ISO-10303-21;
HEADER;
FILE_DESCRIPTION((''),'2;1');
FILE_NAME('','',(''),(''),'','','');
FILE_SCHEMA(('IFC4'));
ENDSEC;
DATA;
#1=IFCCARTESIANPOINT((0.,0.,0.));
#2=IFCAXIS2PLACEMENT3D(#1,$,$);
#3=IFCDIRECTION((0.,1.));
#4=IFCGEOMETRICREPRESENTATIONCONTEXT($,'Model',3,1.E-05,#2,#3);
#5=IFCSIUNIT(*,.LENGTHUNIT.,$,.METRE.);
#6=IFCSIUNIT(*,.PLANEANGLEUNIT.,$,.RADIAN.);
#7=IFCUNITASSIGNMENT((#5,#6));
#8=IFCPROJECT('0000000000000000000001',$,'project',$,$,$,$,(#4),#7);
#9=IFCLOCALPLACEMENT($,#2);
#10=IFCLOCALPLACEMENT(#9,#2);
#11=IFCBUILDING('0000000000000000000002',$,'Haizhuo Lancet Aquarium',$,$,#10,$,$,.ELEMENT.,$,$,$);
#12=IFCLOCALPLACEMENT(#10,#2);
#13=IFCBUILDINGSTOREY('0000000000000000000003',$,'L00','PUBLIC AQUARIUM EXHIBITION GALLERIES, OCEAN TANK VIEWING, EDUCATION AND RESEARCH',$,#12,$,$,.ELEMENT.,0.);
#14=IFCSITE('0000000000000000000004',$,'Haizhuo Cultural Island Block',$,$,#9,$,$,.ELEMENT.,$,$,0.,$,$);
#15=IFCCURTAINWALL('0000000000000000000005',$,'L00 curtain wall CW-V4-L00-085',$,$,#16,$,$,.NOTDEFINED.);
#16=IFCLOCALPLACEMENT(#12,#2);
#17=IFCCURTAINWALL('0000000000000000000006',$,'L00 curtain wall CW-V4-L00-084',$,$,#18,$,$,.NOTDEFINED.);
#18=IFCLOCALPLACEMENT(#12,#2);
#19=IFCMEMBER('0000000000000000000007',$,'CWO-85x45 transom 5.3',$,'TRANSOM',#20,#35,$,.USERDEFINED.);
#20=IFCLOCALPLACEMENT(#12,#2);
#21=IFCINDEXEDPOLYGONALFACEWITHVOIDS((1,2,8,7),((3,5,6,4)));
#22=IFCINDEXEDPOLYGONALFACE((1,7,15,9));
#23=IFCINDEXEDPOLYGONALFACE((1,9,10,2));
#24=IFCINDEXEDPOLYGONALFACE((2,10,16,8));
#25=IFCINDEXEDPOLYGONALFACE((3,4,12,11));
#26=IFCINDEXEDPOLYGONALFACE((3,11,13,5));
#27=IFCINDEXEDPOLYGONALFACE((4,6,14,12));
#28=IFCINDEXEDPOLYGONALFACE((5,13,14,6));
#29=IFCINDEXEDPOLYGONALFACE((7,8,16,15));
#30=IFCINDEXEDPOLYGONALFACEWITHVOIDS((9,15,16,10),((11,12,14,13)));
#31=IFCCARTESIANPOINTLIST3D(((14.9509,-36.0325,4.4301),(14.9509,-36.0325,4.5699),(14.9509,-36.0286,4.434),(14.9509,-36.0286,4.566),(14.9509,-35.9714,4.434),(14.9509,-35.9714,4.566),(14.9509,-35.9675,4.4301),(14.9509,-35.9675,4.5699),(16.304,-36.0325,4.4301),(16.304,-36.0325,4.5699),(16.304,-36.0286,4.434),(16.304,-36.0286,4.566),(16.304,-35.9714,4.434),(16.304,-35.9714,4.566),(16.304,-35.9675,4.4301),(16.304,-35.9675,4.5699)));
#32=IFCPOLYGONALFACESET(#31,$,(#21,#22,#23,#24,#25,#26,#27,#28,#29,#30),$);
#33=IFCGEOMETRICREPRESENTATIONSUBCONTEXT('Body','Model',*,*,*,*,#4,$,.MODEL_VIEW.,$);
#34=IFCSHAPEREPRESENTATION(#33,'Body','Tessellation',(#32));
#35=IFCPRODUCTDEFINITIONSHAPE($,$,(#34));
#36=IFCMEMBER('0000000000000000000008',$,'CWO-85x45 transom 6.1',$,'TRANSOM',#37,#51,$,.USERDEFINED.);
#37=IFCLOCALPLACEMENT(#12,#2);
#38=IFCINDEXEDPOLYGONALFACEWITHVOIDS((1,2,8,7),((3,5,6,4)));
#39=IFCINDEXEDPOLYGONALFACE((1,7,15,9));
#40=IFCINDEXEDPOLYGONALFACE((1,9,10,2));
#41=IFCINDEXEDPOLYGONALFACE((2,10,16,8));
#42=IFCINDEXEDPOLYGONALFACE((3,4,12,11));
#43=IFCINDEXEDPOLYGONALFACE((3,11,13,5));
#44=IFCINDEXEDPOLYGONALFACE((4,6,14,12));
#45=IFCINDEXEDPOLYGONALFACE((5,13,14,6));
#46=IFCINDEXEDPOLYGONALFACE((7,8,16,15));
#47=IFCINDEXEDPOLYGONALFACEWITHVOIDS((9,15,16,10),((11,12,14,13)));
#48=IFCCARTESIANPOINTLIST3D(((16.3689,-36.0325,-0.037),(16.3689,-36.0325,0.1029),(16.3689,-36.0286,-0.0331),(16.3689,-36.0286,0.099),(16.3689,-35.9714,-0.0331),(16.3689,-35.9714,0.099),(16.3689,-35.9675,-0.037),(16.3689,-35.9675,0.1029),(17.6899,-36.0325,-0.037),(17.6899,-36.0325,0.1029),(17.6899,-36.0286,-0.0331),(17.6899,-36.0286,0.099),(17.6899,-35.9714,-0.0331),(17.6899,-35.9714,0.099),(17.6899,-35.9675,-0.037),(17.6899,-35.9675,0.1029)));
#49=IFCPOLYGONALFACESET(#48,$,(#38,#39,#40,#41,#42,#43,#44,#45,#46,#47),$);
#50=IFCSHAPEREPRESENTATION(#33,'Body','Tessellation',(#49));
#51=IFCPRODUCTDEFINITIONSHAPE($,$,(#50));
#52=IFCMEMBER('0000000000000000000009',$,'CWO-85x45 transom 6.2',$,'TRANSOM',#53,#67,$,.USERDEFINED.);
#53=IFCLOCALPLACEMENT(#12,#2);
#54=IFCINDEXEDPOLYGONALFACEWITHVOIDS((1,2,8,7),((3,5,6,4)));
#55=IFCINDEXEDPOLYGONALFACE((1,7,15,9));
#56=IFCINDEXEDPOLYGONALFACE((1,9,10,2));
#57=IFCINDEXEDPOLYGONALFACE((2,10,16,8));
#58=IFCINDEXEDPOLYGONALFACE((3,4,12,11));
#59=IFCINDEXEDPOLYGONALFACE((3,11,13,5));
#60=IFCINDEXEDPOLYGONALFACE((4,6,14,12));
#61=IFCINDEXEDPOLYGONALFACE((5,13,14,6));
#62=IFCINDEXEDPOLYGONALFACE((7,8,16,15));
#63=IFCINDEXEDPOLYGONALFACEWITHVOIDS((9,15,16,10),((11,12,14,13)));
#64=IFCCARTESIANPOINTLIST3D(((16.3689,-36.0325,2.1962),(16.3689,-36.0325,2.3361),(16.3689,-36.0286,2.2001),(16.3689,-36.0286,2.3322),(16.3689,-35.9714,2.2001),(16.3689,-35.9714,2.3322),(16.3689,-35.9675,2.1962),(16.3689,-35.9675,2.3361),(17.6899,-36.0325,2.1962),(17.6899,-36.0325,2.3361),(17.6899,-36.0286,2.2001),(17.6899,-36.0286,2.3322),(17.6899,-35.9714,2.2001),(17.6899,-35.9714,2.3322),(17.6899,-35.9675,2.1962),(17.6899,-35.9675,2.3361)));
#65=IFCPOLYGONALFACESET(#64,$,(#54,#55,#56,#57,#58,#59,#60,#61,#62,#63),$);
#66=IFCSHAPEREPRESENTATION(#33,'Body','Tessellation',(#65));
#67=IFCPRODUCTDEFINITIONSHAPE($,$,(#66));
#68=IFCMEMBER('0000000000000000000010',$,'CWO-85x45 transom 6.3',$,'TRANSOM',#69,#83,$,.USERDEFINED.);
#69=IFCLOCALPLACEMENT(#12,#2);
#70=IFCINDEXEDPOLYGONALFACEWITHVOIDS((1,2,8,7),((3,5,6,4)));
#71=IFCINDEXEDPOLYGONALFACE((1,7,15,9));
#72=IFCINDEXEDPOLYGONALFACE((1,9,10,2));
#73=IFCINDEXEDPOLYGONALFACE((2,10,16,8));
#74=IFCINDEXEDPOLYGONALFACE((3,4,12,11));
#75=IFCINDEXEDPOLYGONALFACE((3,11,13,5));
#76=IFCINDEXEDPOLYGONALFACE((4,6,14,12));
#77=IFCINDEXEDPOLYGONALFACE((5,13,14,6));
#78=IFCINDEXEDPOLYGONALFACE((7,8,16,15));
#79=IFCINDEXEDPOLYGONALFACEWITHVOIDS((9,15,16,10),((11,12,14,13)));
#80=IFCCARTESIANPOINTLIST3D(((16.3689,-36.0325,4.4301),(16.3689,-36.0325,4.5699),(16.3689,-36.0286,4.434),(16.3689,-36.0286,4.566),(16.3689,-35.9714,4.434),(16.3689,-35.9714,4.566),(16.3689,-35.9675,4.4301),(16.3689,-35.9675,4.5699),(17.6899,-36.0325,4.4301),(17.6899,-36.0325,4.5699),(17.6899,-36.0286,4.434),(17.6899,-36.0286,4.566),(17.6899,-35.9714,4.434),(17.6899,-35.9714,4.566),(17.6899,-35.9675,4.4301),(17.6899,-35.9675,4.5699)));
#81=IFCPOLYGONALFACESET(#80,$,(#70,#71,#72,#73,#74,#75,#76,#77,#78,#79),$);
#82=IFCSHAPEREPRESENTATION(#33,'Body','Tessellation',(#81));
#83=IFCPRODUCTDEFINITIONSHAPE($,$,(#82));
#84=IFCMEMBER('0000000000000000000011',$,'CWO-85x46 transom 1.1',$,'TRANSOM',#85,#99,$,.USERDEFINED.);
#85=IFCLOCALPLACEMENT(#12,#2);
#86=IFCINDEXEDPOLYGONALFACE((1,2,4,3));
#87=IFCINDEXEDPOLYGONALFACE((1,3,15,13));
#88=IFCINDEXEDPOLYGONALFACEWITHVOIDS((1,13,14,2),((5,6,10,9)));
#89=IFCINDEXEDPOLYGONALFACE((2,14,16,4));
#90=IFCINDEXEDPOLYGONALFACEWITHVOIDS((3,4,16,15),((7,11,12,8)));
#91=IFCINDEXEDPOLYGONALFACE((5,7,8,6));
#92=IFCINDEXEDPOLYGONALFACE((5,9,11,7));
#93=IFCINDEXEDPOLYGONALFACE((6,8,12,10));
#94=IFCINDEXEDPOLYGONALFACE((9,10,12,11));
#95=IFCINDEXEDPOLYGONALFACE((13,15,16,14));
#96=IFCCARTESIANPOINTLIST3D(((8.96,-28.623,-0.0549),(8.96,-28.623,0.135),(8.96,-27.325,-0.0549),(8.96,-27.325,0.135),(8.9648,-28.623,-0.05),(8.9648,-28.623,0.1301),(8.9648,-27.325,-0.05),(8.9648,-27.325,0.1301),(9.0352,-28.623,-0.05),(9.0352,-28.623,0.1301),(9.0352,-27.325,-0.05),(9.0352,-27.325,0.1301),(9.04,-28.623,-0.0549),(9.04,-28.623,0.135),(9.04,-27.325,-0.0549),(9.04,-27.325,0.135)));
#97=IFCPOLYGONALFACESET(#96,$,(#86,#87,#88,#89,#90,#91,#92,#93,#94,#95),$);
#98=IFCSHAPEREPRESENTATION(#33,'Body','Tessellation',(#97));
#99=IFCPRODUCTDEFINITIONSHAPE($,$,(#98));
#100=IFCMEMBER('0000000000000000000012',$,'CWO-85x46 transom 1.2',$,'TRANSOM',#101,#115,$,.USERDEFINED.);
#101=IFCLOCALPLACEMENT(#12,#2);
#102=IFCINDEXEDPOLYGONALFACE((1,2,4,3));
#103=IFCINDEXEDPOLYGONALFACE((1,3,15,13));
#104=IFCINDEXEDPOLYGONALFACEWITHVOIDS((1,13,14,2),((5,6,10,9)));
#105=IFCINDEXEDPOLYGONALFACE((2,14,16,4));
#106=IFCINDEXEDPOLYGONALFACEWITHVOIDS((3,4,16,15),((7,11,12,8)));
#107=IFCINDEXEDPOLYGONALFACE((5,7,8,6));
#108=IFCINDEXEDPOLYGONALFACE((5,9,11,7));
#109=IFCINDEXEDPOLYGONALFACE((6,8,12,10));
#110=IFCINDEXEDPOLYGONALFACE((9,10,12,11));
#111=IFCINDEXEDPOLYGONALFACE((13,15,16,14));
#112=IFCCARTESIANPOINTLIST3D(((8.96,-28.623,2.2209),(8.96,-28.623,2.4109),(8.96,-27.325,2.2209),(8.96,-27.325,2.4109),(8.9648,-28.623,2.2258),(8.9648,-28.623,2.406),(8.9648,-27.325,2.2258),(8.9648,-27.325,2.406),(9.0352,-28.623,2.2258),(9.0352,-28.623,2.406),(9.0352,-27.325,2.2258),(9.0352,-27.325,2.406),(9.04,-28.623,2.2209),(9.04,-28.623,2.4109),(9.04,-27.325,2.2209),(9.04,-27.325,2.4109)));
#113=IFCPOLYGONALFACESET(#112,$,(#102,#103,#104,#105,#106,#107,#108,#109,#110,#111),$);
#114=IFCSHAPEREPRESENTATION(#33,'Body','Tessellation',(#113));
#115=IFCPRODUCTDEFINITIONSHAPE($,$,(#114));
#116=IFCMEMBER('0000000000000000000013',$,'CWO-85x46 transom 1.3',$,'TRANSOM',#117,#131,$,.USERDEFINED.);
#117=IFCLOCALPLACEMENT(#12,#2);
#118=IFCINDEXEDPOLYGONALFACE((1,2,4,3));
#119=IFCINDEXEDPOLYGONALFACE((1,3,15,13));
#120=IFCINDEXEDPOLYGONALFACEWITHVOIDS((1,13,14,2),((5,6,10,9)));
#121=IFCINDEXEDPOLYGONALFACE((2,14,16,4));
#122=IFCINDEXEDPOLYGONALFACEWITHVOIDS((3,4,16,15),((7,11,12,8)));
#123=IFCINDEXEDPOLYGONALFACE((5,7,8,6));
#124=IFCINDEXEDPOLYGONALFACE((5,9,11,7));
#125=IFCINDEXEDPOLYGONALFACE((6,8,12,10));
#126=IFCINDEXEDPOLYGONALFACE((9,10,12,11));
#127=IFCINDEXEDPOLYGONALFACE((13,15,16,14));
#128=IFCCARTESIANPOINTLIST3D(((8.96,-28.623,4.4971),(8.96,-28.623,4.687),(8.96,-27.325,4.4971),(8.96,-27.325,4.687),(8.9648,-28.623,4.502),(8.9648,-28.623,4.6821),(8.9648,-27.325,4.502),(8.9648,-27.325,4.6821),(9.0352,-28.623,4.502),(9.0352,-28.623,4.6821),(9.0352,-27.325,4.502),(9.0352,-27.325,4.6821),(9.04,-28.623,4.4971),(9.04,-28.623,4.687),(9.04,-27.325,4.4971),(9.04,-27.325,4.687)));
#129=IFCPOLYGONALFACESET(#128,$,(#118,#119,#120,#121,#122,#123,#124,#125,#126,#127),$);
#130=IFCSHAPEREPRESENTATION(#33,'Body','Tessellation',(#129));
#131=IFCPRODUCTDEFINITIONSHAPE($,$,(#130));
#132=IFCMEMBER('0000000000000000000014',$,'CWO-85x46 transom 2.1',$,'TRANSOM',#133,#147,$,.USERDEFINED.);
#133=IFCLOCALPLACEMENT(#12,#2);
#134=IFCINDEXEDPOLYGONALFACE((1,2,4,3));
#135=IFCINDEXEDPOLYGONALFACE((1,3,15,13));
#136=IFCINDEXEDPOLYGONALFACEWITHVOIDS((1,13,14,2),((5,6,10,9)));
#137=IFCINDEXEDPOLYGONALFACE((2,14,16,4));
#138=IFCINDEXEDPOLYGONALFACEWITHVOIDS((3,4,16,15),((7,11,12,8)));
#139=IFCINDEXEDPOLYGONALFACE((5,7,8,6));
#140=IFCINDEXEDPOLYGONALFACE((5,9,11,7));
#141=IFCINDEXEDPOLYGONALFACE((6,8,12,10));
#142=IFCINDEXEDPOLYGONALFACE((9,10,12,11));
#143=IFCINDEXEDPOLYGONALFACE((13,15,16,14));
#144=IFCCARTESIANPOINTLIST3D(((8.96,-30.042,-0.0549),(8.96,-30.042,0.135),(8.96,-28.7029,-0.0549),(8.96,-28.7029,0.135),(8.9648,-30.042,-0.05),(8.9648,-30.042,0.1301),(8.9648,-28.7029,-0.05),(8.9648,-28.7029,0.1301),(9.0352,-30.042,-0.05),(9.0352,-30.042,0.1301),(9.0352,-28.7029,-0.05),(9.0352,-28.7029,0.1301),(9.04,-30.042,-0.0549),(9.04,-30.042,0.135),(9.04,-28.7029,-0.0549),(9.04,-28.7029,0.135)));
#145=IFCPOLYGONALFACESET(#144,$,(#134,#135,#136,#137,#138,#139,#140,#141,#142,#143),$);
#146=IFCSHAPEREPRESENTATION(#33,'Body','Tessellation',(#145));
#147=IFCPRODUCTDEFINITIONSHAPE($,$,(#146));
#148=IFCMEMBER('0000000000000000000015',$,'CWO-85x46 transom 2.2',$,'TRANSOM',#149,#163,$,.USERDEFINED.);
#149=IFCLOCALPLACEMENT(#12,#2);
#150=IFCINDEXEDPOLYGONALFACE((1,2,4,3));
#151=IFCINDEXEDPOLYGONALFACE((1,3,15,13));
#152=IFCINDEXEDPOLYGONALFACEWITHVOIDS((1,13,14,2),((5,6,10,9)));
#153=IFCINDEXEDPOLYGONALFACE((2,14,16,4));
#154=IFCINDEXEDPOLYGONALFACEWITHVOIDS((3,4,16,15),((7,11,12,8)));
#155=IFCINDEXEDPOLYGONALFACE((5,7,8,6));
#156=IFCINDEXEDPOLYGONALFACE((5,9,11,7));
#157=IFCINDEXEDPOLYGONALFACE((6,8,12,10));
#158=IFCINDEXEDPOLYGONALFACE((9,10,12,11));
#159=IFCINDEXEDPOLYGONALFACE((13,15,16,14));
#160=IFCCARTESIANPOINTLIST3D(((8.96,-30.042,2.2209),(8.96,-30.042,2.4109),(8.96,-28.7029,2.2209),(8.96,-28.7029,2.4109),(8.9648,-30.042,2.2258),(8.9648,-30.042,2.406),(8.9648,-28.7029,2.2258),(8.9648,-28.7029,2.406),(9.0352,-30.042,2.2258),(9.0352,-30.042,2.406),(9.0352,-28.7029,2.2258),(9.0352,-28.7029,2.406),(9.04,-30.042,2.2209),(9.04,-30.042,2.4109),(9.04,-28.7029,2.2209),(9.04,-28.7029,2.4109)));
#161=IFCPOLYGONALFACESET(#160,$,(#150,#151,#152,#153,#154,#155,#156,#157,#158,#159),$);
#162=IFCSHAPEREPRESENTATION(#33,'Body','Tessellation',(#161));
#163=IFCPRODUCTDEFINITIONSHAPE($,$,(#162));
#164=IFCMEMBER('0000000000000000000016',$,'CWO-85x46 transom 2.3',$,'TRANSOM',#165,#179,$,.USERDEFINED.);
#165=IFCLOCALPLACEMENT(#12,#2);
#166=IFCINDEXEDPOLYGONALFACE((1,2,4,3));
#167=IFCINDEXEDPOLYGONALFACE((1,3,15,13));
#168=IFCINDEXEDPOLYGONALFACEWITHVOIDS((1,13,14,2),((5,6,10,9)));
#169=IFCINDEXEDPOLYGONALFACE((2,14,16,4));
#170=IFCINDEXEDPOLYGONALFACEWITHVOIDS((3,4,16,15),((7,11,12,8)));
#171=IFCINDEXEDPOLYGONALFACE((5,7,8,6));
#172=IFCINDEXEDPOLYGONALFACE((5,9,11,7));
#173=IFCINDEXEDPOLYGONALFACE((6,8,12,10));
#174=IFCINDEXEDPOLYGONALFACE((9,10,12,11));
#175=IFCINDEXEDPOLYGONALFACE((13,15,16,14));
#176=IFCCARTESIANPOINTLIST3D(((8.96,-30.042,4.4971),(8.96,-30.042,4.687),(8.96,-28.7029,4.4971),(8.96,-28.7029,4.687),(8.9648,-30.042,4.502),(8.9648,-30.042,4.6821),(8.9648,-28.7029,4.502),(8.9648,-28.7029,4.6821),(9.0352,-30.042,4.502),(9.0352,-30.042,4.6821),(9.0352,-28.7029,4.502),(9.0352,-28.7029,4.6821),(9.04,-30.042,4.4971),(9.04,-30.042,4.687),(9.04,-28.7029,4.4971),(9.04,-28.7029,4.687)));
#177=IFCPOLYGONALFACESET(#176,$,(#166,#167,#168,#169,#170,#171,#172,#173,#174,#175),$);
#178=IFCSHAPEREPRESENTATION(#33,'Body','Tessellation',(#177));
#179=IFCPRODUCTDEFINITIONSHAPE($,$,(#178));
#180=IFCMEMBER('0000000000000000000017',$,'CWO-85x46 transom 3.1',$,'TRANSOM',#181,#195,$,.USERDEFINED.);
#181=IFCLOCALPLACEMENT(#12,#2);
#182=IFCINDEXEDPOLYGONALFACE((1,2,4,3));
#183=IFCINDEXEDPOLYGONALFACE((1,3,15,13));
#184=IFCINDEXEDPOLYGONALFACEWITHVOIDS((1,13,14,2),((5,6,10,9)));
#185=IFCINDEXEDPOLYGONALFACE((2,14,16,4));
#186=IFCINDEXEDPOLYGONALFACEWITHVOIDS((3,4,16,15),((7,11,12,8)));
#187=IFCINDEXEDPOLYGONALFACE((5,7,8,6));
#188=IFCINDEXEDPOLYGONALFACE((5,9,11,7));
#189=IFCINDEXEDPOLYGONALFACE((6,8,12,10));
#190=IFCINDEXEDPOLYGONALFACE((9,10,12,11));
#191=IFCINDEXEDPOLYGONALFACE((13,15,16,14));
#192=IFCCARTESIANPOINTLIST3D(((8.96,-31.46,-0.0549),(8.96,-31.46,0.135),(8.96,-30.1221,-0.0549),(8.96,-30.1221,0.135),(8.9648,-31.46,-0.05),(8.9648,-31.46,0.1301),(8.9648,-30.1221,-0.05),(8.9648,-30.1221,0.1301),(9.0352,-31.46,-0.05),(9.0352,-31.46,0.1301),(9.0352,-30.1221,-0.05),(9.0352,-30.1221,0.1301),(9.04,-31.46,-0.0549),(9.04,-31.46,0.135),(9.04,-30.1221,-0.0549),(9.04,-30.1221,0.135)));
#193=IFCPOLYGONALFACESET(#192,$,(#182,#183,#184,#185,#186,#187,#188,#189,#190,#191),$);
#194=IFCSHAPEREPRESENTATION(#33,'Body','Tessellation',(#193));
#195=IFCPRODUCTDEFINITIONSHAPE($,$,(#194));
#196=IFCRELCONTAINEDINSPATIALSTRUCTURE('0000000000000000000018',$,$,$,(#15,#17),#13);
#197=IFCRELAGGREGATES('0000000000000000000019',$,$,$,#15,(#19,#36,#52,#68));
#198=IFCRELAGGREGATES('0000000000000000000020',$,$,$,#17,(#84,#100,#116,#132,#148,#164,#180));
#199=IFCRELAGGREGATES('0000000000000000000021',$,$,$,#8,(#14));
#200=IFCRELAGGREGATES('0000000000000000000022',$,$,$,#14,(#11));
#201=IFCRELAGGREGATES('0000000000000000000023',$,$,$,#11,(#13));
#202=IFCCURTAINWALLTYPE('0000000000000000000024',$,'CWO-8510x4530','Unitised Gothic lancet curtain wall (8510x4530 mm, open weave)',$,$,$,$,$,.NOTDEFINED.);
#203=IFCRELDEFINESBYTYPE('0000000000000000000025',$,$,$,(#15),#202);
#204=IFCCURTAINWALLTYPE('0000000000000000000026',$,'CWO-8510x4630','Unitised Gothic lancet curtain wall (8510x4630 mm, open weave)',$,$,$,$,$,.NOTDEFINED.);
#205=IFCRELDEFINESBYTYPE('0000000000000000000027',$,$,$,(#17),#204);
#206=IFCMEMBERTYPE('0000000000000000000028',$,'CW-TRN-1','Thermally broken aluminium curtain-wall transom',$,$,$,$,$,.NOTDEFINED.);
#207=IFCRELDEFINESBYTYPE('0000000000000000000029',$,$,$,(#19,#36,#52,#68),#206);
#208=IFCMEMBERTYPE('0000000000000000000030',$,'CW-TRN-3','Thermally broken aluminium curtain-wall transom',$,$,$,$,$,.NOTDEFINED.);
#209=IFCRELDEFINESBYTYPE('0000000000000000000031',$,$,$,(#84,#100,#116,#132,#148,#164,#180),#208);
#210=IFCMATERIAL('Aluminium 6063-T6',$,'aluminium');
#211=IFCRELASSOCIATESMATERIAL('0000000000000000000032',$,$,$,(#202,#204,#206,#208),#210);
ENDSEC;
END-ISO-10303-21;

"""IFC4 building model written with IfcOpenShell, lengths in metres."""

from ifc_helpers import new_model, si_unit, direction, frame, origin, origin_2d, place, context, subcontext, project, spatial, hollow_rectangle, extrude, material, material_profile, profile_set, type_object, element, aggregate, save


model = new_model("IFC4")

# Units and contexts
model_context = context("Model", 3, precision=1e-05, world=origin(), true_north=direction((0.0, 1.0)))
body_context = subcontext(model_context, "Body", "Model", "MODEL_VIEW")
ifc_project = project(units=[si_unit("LENGTHUNIT", "METRE"), si_unit("PLANEANGLEUNIT", "RADIAN")], contexts=[model_context])

# Site, building, storey
site_placement = place(None, origin())
site = spatial("IfcSite", under=ifc_project, at=site_placement, Name="Haizhuo Cultural Island Block", CompositionType="ELEMENT", RefElevation=0.0)
building_placement = place(site_placement, origin())
building = spatial("IfcBuilding", under=site, at=building_placement, Name="Haizhuo Lancet Aquarium", CompositionType="ELEMENT")
storey_placement = place(building_placement, origin())
storey = spatial("IfcBuildingStorey", under=building, at=storey_placement, Name="L00", Description="PUBLIC AQUARIUM EXHIBITION GALLERIES, OCEAN TANK VIEWING, EDUCATION AND RESEARCH", CompositionType="ELEMENT", Elevation=0.0)

# Curtain walls
ifc_material_1 = material(Name="Aluminium 6063-T6", Category="aluminium")
curtain_wall_type_1 = type_object("IfcCurtainWallType", Name="CWO-8510x4530", Description="Unitised Gothic lancet curtain wall (8510x4530 mm, open weave)", PredefinedType="NOTDEFINED", material=ifc_material_1)
curtain_wall_1_placement = place(storey_placement, origin())
curtain_wall_1 = element("IfcCurtainWall", 1, at=curtain_wall_1_placement, inside=storey, type_object=curtain_wall_type_1, Name="L00 curtain wall CW-V4-L00-085", PredefinedType="NOTDEFINED")
curtain_wall_type_2 = type_object("IfcCurtainWallType", Name="CWO-8510x4630", Description="Unitised Gothic lancet curtain wall (8510x4630 mm, open weave)", PredefinedType="NOTDEFINED", material=ifc_material_1)
curtain_wall_2_placement = place(storey_placement, origin())
curtain_wall_2 = element("IfcCurtainWall", 2, at=curtain_wall_2_placement, inside=storey, type_object=curtain_wall_type_2, Name="L00 curtain wall CW-V4-L00-084", PredefinedType="NOTDEFINED")

# Members
ifc_material_profile_1 = material_profile(ifc_material_1, hollow_rectangle(XDim=0.0649, YDim=0.1399, WallThickness=0.0039, at=origin_2d()), Name="ALU-T 65x140x4")
ifc_profile_set_1 = profile_set([ifc_material_profile_1], Name="Aluminium 6063-T6")
member_type_1 = type_object("IfcMemberType", Name="CW-TRN-1", Description="Thermally broken aluminium curtain-wall transom", PredefinedType="NOTDEFINED", material=ifc_profile_set_1)
member_1_placement = place(storey_placement, frame((14.9509, -36.0, 4.5), z_axis=(1.0, 0.0, 0.0), x_axis=(0.0, 1.0, 0.0)))
member_1 = element("IfcMember", 3, at=member_1_placement, type_object=member_type_1, Name="CWO-85x45 transom 5.3", ObjectType="TRANSOM", PredefinedType="USERDEFINED", context=body_context, shape_type="SweptSolid", body=[
    extrude(hollow_rectangle(XDim=0.0649, YDim=0.1399, WallThickness=0.0039, at=origin_2d()), origin(), (0.0, 0.0, 1.0), 1.353),
])
member_2_placement = place(storey_placement, frame((16.3689, -36.0, 0.033), z_axis=(1.0, 0.0, 0.0), x_axis=(0.0, 1.0, 0.0)))
member_2 = element("IfcMember", 4, at=member_2_placement, type_object=member_type_1, Name="CWO-85x45 transom 6.1", ObjectType="TRANSOM", PredefinedType="USERDEFINED", context=body_context, shape_type="SweptSolid", body=[
    extrude(hollow_rectangle(XDim=0.0649, YDim=0.1399, WallThickness=0.0039, at=origin_2d()), origin(), (0.0, 0.0, 1.0), 1.321),
])
member_3_placement = place(storey_placement, frame((16.3689, -36.0, 2.2661), z_axis=(1.0, 0.0, 0.0), x_axis=(0.0, 1.0, 0.0)))
member_3 = element("IfcMember", 5, at=member_3_placement, type_object=member_type_1, Name="CWO-85x45 transom 6.2", ObjectType="TRANSOM", PredefinedType="USERDEFINED", context=body_context, shape_type="SweptSolid", body=[
    extrude(hollow_rectangle(XDim=0.0649, YDim=0.1399, WallThickness=0.0039, at=origin_2d()), origin(), (0.0, 0.0, 1.0), 1.321),
])
member_4_placement = place(storey_placement, frame((16.3689, -36.0, 4.5), z_axis=(1.0, 0.0, 0.0), x_axis=(0.0, 1.0, 0.0)))
member_4 = element("IfcMember", 6, at=member_4_placement, type_object=member_type_1, Name="CWO-85x45 transom 6.3", ObjectType="TRANSOM", PredefinedType="USERDEFINED", context=body_context, shape_type="SweptSolid", body=[
    extrude(hollow_rectangle(XDim=0.0649, YDim=0.1399, WallThickness=0.0039, at=origin_2d()), origin(), (0.0, 0.0, 1.0), 1.321),
])
ifc_material_profile_2 = material_profile(ifc_material_1, hollow_rectangle(XDim=0.0801, YDim=0.1899, WallThickness=0.0049, at=origin_2d()), Name="ALU-T 80x190x5")
ifc_profile_set_2 = profile_set([ifc_material_profile_2], Name="Aluminium 6063-T6")
member_type_2 = type_object("IfcMemberType", Name="CW-TRN-3", Description="Thermally broken aluminium curtain-wall transom", PredefinedType="NOTDEFINED", material=ifc_profile_set_2)
member_5_placement = place(storey_placement, frame((9.0, -27.325, 0.04), z_axis=(0.0, -1.0, 0.0), x_axis=(1.0, 0.0, 0.0)))
member_5 = element("IfcMember", 7, at=member_5_placement, type_object=member_type_2, Name="CWO-85x46 transom 1.1", ObjectType="TRANSOM", PredefinedType="USERDEFINED", context=body_context, shape_type="SweptSolid", body=[
    extrude(hollow_rectangle(XDim=0.0801, YDim=0.1899, WallThickness=0.0049, at=origin_2d()), origin(), (0.0, 0.0, 1.0), 1.2981),
])
member_6_placement = place(storey_placement, frame((9.0, -27.325, 2.3159), z_axis=(0.0, -1.0, 0.0), x_axis=(1.0, 0.0, 0.0)))
member_6 = element("IfcMember", 8, at=member_6_placement, type_object=member_type_2, Name="CWO-85x46 transom 1.2", ObjectType="TRANSOM", PredefinedType="USERDEFINED", context=body_context, shape_type="SweptSolid", body=[
    extrude(hollow_rectangle(XDim=0.0801, YDim=0.1899, WallThickness=0.0049, at=origin_2d()), origin(), (0.0, 0.0, 1.0), 1.2981),
])
member_7_placement = place(storey_placement, frame((9.0, -27.325, 4.592), z_axis=(0.0, -1.0, 0.0), x_axis=(1.0, 0.0, 0.0)))
member_7 = element("IfcMember", 9, at=member_7_placement, type_object=member_type_2, Name="CWO-85x46 transom 1.3", ObjectType="TRANSOM", PredefinedType="USERDEFINED", context=body_context, shape_type="SweptSolid", body=[
    extrude(hollow_rectangle(XDim=0.0801, YDim=0.1899, WallThickness=0.0049, at=origin_2d()), origin(), (0.0, 0.0, 1.0), 1.2981),
])
member_8_placement = place(storey_placement, frame((9.0, -28.7029, 0.04), z_axis=(0.0, -1.0, 0.0), x_axis=(1.0, 0.0, 0.0)))
member_8 = element("IfcMember", 10, at=member_8_placement, type_object=member_type_2, Name="CWO-85x46 transom 2.1", ObjectType="TRANSOM", PredefinedType="USERDEFINED", context=body_context, shape_type="SweptSolid", body=[
    extrude(hollow_rectangle(XDim=0.0801, YDim=0.1899, WallThickness=0.0049, at=origin_2d()), origin(), (0.0, 0.0, 1.0), 1.3391),
])
member_9_placement = place(storey_placement, frame((9.0, -28.7029, 2.3159), z_axis=(0.0, -1.0, 0.0), x_axis=(1.0, 0.0, 0.0)))
member_9 = element("IfcMember", 11, at=member_9_placement, type_object=member_type_2, Name="CWO-85x46 transom 2.2", ObjectType="TRANSOM", PredefinedType="USERDEFINED", context=body_context, shape_type="SweptSolid", body=[
    extrude(hollow_rectangle(XDim=0.0801, YDim=0.1899, WallThickness=0.0049, at=origin_2d()), origin(), (0.0, 0.0, 1.0), 1.3391),
])
member_10_placement = place(storey_placement, frame((9.0, -28.7029, 4.592), z_axis=(0.0, -1.0, 0.0), x_axis=(1.0, 0.0, 0.0)))
member_10 = element("IfcMember", 12, at=member_10_placement, type_object=member_type_2, Name="CWO-85x46 transom 2.3", ObjectType="TRANSOM", PredefinedType="USERDEFINED", context=body_context, shape_type="SweptSolid", body=[
    extrude(hollow_rectangle(XDim=0.0801, YDim=0.1899, WallThickness=0.0049, at=origin_2d()), origin(), (0.0, 0.0, 1.0), 1.3391),
])
member_11_placement = place(storey_placement, frame((9.0, -30.1221, 0.04), z_axis=(0.0, -1.0, 0.0), x_axis=(1.0, 0.0, 0.0)))
member_11 = element("IfcMember", 13, at=member_11_placement, type_object=member_type_2, Name="CWO-85x46 transom 3.1", ObjectType="TRANSOM", PredefinedType="USERDEFINED", context=body_context, shape_type="SweptSolid", body=[
    extrude(hollow_rectangle(XDim=0.0801, YDim=0.1899, WallThickness=0.0049, at=origin_2d()), origin(), (0.0, 0.0, 1.0), 1.3379),
])

aggregate(curtain_wall_1, [member_1, member_2, member_3, member_4])
aggregate(curtain_wall_2, [member_5, member_6, member_7, member_8, member_9, member_10, member_11])

save(model, "model.ifc")
